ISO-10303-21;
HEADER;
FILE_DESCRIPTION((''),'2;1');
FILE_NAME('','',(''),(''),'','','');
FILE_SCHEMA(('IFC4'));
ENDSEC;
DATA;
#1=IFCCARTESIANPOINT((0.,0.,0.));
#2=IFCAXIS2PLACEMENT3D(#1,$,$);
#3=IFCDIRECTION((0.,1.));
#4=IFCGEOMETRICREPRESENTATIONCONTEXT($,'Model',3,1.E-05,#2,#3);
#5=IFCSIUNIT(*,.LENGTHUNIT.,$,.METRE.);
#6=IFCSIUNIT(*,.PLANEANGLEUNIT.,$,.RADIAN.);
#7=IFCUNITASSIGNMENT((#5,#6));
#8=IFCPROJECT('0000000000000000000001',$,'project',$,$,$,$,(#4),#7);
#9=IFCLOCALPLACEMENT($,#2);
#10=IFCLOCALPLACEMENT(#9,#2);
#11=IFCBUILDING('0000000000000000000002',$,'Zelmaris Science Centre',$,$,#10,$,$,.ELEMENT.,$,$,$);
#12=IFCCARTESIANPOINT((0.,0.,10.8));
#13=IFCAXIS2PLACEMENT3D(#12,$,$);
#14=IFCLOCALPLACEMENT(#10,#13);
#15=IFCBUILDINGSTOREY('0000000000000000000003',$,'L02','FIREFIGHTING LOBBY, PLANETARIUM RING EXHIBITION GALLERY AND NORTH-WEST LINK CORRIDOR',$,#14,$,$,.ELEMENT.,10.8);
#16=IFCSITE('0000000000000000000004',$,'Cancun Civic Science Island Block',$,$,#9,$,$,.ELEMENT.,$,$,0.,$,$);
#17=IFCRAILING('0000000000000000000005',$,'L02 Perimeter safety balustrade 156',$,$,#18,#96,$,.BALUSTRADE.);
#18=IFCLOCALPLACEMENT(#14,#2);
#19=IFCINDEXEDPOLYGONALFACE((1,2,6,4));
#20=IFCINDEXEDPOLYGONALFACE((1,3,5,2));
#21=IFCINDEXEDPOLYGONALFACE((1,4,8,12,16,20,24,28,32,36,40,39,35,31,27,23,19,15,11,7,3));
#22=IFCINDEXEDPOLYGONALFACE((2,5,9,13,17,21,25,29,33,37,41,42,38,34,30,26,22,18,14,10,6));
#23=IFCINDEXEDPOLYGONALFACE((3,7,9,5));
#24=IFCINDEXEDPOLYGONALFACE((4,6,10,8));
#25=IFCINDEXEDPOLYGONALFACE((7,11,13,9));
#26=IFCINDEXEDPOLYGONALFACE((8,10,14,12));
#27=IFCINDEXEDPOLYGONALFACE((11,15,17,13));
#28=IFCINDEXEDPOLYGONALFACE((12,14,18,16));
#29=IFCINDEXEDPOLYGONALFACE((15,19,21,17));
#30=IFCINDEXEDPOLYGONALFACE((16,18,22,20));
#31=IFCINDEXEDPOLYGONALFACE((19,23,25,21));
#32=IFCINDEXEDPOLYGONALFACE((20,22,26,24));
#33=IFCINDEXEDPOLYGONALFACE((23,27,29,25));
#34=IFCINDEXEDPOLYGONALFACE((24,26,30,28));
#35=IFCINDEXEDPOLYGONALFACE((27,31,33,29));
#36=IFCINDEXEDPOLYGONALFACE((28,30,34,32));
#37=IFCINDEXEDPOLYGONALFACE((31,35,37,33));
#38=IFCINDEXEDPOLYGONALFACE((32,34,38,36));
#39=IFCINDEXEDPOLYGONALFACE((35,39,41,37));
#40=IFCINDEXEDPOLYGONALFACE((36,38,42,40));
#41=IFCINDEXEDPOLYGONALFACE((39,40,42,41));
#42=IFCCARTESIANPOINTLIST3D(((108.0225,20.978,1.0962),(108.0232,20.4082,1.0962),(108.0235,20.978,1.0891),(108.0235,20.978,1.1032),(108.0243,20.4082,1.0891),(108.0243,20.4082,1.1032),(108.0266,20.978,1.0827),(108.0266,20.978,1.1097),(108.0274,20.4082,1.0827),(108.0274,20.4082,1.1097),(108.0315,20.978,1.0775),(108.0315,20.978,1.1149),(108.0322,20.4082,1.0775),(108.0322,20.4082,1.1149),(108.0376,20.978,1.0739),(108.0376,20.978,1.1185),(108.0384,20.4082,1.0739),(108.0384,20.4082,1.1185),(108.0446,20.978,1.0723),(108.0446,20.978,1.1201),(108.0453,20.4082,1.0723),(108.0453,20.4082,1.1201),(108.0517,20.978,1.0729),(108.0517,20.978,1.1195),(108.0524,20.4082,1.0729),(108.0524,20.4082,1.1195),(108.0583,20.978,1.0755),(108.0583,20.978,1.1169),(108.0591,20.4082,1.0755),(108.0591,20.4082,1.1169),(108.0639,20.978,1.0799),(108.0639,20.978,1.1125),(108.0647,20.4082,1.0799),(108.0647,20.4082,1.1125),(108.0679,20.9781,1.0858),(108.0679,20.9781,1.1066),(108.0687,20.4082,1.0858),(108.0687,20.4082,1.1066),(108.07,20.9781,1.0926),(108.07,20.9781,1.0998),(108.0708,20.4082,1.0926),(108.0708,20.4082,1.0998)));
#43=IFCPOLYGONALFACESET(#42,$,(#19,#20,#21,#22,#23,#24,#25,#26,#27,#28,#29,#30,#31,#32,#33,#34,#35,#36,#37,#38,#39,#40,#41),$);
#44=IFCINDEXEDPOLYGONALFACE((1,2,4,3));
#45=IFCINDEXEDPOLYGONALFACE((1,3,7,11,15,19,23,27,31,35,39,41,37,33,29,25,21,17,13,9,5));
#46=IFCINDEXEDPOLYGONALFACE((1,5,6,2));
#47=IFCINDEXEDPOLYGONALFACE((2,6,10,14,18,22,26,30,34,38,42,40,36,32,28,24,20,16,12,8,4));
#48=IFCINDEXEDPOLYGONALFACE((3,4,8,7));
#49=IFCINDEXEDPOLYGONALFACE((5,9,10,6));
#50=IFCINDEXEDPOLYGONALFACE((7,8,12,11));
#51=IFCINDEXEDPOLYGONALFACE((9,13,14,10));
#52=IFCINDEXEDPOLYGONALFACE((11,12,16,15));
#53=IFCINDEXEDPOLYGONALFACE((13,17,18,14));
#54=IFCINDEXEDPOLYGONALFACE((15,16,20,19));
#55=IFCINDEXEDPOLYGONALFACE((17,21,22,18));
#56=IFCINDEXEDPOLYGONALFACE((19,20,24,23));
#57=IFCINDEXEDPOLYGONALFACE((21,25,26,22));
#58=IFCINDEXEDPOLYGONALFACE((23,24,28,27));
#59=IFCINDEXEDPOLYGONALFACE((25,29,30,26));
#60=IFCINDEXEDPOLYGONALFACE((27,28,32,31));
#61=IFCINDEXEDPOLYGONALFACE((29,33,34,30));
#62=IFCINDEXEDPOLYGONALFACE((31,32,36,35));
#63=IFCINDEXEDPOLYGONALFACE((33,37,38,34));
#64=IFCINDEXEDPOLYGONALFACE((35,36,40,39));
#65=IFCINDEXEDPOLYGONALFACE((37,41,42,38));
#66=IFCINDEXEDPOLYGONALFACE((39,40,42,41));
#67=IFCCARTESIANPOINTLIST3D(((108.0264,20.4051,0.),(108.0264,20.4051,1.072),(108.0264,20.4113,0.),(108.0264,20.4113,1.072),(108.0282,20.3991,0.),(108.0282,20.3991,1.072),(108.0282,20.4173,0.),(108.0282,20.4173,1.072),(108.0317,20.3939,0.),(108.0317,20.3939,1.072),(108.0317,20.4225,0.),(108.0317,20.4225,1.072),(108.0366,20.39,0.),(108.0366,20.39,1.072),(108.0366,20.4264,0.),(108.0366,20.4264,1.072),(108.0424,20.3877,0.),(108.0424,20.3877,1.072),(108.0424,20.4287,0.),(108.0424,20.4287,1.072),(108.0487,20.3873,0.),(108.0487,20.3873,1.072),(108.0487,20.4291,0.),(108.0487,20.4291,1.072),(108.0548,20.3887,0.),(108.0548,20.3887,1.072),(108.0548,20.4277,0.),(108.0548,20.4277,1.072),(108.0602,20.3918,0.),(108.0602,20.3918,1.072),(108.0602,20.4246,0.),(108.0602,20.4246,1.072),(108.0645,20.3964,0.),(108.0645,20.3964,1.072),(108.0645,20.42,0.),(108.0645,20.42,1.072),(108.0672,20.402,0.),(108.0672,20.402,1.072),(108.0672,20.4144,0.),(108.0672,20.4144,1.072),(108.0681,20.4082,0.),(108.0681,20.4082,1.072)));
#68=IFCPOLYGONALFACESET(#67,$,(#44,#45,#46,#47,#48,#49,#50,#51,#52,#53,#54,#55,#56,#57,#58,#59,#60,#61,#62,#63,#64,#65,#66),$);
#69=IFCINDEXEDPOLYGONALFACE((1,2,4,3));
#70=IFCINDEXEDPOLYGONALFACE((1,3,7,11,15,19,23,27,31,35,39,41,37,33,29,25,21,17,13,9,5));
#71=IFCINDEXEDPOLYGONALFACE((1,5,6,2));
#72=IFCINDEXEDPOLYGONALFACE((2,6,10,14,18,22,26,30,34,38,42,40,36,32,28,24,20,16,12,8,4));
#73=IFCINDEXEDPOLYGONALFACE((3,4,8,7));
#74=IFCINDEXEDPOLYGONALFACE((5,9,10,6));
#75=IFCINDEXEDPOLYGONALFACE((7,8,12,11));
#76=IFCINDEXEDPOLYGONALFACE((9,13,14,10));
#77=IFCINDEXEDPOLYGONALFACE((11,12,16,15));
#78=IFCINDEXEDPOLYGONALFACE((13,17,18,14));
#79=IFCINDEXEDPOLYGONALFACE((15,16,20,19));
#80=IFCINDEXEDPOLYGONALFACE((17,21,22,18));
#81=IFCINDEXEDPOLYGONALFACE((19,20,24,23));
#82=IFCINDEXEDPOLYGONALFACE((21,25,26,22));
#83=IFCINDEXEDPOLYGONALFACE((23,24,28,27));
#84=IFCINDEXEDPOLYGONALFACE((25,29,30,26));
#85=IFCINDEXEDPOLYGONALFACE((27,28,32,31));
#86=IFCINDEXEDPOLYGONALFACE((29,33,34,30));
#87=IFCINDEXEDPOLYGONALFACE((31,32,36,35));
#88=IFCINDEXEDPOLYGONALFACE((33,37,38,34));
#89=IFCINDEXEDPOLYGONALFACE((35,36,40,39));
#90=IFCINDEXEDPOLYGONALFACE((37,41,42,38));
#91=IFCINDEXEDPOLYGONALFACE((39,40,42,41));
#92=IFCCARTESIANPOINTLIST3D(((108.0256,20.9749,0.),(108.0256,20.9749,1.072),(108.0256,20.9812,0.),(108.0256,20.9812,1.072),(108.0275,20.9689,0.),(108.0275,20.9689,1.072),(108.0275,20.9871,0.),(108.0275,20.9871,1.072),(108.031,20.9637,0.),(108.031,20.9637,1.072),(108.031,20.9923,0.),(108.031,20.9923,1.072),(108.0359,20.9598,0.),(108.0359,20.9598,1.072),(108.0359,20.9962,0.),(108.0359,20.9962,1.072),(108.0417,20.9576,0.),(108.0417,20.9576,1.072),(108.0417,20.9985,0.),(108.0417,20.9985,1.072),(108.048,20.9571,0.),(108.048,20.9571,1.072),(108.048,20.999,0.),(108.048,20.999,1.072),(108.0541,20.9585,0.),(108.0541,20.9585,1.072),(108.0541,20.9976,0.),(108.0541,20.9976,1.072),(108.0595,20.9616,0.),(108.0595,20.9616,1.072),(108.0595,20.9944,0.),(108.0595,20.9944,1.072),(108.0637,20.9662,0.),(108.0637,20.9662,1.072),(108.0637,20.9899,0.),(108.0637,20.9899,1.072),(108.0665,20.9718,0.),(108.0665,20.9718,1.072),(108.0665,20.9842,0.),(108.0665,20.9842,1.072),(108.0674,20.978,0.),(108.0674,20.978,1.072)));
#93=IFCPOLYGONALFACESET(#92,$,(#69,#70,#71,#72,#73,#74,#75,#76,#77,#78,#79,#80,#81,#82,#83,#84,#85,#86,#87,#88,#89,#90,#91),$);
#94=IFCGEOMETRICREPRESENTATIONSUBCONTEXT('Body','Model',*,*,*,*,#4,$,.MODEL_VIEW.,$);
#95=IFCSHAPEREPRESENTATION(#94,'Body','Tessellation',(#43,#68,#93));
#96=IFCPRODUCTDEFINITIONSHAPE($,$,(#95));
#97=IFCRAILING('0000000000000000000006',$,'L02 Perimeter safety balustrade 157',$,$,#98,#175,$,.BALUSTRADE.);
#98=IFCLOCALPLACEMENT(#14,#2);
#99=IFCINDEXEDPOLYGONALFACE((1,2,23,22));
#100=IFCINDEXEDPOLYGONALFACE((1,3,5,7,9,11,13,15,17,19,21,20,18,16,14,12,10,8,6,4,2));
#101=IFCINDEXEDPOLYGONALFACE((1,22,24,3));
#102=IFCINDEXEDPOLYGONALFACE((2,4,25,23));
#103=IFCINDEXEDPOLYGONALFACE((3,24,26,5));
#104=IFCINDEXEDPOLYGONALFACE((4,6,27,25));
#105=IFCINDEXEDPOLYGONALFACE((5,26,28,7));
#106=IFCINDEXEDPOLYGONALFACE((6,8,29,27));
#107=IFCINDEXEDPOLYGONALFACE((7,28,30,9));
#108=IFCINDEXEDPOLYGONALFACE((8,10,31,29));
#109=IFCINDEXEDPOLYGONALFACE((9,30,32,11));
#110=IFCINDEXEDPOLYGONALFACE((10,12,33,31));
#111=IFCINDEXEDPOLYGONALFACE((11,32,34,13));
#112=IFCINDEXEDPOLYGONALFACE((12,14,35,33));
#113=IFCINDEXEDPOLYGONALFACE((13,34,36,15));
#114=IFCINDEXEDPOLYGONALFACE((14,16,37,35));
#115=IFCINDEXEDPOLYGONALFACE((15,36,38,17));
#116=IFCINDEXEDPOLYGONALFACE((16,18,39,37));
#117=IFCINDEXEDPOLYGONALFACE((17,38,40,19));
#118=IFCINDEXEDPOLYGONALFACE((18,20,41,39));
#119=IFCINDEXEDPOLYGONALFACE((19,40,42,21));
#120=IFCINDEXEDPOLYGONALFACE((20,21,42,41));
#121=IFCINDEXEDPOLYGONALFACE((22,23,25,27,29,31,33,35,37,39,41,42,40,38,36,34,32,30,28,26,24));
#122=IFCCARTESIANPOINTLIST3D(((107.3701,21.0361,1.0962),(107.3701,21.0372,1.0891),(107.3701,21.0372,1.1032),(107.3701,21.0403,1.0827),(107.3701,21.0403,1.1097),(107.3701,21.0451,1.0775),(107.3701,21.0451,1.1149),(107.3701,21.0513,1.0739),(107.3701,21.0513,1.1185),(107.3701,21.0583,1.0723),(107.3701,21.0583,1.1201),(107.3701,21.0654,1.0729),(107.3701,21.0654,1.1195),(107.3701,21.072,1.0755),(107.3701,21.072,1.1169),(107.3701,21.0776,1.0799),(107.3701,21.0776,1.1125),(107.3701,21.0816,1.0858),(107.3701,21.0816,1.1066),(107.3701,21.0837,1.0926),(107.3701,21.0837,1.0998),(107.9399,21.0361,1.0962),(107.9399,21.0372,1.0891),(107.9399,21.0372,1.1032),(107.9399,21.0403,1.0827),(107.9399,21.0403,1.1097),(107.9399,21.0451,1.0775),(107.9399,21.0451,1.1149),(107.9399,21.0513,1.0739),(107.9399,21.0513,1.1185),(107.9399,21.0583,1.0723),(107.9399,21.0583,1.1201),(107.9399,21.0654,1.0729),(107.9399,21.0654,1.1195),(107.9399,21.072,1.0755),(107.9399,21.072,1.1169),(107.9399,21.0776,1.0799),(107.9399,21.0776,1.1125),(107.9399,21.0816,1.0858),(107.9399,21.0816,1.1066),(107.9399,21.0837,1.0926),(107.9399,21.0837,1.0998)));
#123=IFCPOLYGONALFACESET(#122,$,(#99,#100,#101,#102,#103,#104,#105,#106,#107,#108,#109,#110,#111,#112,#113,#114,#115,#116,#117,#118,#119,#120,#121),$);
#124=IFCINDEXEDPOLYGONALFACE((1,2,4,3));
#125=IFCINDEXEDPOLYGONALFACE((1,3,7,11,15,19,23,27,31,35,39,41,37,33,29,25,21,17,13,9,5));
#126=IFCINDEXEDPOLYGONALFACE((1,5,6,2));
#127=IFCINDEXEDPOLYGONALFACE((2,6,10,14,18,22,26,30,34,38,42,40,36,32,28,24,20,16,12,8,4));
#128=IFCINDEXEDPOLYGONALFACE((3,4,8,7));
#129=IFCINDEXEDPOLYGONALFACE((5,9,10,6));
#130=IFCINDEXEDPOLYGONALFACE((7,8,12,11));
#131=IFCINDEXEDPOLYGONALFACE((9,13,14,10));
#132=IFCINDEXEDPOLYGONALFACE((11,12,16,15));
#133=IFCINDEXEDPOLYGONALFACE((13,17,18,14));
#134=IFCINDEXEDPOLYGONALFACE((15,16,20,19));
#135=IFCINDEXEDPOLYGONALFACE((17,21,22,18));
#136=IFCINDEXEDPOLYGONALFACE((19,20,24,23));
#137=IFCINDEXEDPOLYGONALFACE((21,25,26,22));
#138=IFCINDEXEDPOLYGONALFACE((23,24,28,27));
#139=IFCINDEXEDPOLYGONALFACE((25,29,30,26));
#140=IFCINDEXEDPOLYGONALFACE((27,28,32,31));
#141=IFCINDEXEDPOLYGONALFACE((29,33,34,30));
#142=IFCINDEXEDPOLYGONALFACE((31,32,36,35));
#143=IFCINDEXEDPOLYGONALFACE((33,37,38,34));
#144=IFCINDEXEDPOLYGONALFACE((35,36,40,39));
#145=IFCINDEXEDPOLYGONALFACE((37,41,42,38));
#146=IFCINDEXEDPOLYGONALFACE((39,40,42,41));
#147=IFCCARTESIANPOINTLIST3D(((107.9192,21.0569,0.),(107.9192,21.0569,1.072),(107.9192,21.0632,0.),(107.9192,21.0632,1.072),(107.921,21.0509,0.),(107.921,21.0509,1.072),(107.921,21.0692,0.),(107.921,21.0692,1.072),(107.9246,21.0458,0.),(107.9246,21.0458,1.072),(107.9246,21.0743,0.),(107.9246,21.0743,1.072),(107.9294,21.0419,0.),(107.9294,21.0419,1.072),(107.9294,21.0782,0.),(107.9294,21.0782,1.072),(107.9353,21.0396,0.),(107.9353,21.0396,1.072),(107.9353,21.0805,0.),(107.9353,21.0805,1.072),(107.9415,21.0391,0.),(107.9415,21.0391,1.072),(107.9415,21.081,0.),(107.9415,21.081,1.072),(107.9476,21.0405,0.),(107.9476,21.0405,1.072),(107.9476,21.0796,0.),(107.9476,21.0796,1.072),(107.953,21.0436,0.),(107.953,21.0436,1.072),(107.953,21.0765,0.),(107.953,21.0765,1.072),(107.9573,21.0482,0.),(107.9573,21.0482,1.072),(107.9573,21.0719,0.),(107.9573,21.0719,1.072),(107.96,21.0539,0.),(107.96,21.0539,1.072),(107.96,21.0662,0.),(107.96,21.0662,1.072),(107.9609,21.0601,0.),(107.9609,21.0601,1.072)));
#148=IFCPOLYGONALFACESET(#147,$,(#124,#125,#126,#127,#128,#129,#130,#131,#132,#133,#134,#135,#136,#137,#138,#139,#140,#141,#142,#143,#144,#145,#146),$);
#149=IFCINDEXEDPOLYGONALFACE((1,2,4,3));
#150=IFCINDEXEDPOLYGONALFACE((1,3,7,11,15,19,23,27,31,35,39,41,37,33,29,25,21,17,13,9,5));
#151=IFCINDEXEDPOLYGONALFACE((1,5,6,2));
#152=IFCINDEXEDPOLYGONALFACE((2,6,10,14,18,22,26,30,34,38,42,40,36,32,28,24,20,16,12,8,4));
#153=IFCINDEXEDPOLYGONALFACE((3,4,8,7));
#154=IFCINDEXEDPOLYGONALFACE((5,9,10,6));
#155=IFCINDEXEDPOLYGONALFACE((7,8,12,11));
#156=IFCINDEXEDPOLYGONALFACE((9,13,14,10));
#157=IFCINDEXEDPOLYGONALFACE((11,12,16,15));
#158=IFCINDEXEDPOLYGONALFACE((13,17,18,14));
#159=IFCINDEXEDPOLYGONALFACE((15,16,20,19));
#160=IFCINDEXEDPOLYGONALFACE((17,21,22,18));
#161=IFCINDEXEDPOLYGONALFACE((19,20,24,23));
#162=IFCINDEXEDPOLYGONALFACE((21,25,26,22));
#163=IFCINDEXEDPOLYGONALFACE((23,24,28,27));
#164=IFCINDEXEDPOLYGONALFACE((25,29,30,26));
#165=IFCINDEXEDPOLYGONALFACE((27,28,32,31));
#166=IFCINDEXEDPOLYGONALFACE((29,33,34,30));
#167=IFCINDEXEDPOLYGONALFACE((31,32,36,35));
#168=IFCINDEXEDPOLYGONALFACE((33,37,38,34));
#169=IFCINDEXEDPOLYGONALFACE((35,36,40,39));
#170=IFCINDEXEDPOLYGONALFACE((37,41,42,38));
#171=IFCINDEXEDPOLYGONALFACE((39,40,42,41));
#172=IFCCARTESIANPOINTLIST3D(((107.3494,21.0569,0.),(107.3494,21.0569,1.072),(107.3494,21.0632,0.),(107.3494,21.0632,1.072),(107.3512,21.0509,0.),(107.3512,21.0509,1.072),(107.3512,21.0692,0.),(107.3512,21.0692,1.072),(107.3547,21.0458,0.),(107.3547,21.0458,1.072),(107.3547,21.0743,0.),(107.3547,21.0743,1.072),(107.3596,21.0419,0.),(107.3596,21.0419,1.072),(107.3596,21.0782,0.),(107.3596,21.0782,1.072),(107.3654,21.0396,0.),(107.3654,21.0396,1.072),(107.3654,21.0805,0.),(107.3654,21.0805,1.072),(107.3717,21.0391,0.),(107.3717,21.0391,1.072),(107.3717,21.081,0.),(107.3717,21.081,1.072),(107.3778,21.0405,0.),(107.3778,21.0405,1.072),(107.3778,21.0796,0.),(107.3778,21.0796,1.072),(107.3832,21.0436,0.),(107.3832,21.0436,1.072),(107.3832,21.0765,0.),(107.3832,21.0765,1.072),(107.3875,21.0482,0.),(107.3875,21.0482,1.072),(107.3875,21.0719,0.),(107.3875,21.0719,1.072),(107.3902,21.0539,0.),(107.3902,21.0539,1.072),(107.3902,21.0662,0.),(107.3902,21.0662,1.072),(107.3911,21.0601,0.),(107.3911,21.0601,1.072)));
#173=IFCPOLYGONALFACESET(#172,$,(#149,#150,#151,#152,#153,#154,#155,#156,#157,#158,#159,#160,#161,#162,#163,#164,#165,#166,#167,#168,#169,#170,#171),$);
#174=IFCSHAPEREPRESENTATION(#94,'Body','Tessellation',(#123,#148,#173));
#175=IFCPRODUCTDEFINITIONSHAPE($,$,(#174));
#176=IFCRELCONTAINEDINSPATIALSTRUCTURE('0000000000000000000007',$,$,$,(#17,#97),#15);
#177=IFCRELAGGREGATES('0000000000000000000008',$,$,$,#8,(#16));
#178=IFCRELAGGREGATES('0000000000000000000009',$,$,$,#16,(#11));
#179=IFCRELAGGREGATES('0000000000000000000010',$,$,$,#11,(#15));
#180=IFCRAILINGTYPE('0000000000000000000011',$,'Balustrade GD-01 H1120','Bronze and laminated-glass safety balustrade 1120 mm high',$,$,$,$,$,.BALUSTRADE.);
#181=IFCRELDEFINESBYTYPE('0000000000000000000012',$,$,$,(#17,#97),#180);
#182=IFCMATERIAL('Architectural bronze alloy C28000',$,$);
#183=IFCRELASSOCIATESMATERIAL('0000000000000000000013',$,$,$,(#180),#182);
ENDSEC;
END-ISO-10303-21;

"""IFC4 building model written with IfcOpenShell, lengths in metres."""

from ifc_helpers import new_model, si_unit, direction, frame, origin, origin_2d, place, context, subcontext, project, spatial, circle, extrude, material, type_object, element, save


model = new_model("IFC4")

# Units and contexts
model_context = context("Model", 3, precision=1e-05, world=origin(), true_north=direction((0.0, 1.0)))
body_context = subcontext(model_context, "Body", "Model", "MODEL_VIEW")
ifc_project = project(units=[si_unit("LENGTHUNIT", "METRE"), si_unit("PLANEANGLEUNIT", "RADIAN")], contexts=[model_context])

# Site, building, storey
site_placement = place(None, origin())
site = spatial("IfcSite", under=ifc_project, at=site_placement, Name="Cancun Civic Science Island Block", CompositionType="ELEMENT", RefElevation=0.0)
building_placement = place(site_placement, origin())
building = spatial("IfcBuilding", under=site, at=building_placement, Name="Zelmaris Science Centre", CompositionType="ELEMENT")
storey_placement = place(building_placement, frame((0.0, 0.0, 10.8)))
storey = spatial("IfcBuildingStorey", under=building, at=storey_placement, Name="L02", Description="FIREFIGHTING LOBBY, PLANETARIUM RING EXHIBITION GALLERY AND NORTH-WEST LINK CORRIDOR", CompositionType="ELEMENT", Elevation=10.8)

# Railings
ifc_material_1 = material(Name="Architectural bronze alloy C28000")
railing_type = type_object("IfcRailingType", Name="Balustrade GD-01 H1120", Description="Bronze and laminated-glass safety balustrade 1120 mm high", PredefinedType="BALUSTRADE", material=ifc_material_1)
railing_1_placement = place(storey_placement, frame((108.0471, 20.4082, 0.0)))
element("IfcRailing", 1, at=railing_1_placement, inside=storey, type_object=railing_type, Name="L02 Perimeter safety balustrade 156", PredefinedType="BALUSTRADE", context=body_context, shape_type="SweptSolid", body=[
    extrude(circle(Radius=0.0239, at=origin_2d()), frame((0.0, 0.0, 1.0962), z_axis=(-0.001285, 0.999999, 0.0), x_axis=(-0.999999, -0.001285, 0.0)), (0.0, 0.0, 1.0), 0.5698),
    extrude(circle(Radius=0.021, at=origin_2d()), origin(), (0.0, 0.0, 1.0), 1.072),
    extrude(circle(Radius=0.021, at=origin_2d()), frame((-0.0007, 0.5698, 0.0)), (0.0, 0.0, 1.0), 1.072),
])
railing_2_placement = place(storey_placement, frame((107.9399, 21.0601, 0.0)))
element("IfcRailing", 2, at=railing_2_placement, inside=storey, type_object=railing_type, Name="L02 Perimeter safety balustrade 157", PredefinedType="BALUSTRADE", context=body_context, shape_type="SweptSolid", body=[
    extrude(circle(Radius=0.0239, at=origin_2d()), frame((0.0, 0.0, 1.0962), z_axis=(-1.0, 0.0, 0.0), x_axis=(0.0, -1.0, 0.0)), (0.0, 0.0, 1.0), 0.5698),
    extrude(circle(Radius=0.021, at=origin_2d()), origin(), (0.0, 0.0, 1.0), 1.072),
    extrude(circle(Radius=0.021, at=origin_2d()), frame((-0.5698, 0.0, 0.0)), (0.0, 0.0, 1.0), 1.072),
])

save(model, "model.ifc")
